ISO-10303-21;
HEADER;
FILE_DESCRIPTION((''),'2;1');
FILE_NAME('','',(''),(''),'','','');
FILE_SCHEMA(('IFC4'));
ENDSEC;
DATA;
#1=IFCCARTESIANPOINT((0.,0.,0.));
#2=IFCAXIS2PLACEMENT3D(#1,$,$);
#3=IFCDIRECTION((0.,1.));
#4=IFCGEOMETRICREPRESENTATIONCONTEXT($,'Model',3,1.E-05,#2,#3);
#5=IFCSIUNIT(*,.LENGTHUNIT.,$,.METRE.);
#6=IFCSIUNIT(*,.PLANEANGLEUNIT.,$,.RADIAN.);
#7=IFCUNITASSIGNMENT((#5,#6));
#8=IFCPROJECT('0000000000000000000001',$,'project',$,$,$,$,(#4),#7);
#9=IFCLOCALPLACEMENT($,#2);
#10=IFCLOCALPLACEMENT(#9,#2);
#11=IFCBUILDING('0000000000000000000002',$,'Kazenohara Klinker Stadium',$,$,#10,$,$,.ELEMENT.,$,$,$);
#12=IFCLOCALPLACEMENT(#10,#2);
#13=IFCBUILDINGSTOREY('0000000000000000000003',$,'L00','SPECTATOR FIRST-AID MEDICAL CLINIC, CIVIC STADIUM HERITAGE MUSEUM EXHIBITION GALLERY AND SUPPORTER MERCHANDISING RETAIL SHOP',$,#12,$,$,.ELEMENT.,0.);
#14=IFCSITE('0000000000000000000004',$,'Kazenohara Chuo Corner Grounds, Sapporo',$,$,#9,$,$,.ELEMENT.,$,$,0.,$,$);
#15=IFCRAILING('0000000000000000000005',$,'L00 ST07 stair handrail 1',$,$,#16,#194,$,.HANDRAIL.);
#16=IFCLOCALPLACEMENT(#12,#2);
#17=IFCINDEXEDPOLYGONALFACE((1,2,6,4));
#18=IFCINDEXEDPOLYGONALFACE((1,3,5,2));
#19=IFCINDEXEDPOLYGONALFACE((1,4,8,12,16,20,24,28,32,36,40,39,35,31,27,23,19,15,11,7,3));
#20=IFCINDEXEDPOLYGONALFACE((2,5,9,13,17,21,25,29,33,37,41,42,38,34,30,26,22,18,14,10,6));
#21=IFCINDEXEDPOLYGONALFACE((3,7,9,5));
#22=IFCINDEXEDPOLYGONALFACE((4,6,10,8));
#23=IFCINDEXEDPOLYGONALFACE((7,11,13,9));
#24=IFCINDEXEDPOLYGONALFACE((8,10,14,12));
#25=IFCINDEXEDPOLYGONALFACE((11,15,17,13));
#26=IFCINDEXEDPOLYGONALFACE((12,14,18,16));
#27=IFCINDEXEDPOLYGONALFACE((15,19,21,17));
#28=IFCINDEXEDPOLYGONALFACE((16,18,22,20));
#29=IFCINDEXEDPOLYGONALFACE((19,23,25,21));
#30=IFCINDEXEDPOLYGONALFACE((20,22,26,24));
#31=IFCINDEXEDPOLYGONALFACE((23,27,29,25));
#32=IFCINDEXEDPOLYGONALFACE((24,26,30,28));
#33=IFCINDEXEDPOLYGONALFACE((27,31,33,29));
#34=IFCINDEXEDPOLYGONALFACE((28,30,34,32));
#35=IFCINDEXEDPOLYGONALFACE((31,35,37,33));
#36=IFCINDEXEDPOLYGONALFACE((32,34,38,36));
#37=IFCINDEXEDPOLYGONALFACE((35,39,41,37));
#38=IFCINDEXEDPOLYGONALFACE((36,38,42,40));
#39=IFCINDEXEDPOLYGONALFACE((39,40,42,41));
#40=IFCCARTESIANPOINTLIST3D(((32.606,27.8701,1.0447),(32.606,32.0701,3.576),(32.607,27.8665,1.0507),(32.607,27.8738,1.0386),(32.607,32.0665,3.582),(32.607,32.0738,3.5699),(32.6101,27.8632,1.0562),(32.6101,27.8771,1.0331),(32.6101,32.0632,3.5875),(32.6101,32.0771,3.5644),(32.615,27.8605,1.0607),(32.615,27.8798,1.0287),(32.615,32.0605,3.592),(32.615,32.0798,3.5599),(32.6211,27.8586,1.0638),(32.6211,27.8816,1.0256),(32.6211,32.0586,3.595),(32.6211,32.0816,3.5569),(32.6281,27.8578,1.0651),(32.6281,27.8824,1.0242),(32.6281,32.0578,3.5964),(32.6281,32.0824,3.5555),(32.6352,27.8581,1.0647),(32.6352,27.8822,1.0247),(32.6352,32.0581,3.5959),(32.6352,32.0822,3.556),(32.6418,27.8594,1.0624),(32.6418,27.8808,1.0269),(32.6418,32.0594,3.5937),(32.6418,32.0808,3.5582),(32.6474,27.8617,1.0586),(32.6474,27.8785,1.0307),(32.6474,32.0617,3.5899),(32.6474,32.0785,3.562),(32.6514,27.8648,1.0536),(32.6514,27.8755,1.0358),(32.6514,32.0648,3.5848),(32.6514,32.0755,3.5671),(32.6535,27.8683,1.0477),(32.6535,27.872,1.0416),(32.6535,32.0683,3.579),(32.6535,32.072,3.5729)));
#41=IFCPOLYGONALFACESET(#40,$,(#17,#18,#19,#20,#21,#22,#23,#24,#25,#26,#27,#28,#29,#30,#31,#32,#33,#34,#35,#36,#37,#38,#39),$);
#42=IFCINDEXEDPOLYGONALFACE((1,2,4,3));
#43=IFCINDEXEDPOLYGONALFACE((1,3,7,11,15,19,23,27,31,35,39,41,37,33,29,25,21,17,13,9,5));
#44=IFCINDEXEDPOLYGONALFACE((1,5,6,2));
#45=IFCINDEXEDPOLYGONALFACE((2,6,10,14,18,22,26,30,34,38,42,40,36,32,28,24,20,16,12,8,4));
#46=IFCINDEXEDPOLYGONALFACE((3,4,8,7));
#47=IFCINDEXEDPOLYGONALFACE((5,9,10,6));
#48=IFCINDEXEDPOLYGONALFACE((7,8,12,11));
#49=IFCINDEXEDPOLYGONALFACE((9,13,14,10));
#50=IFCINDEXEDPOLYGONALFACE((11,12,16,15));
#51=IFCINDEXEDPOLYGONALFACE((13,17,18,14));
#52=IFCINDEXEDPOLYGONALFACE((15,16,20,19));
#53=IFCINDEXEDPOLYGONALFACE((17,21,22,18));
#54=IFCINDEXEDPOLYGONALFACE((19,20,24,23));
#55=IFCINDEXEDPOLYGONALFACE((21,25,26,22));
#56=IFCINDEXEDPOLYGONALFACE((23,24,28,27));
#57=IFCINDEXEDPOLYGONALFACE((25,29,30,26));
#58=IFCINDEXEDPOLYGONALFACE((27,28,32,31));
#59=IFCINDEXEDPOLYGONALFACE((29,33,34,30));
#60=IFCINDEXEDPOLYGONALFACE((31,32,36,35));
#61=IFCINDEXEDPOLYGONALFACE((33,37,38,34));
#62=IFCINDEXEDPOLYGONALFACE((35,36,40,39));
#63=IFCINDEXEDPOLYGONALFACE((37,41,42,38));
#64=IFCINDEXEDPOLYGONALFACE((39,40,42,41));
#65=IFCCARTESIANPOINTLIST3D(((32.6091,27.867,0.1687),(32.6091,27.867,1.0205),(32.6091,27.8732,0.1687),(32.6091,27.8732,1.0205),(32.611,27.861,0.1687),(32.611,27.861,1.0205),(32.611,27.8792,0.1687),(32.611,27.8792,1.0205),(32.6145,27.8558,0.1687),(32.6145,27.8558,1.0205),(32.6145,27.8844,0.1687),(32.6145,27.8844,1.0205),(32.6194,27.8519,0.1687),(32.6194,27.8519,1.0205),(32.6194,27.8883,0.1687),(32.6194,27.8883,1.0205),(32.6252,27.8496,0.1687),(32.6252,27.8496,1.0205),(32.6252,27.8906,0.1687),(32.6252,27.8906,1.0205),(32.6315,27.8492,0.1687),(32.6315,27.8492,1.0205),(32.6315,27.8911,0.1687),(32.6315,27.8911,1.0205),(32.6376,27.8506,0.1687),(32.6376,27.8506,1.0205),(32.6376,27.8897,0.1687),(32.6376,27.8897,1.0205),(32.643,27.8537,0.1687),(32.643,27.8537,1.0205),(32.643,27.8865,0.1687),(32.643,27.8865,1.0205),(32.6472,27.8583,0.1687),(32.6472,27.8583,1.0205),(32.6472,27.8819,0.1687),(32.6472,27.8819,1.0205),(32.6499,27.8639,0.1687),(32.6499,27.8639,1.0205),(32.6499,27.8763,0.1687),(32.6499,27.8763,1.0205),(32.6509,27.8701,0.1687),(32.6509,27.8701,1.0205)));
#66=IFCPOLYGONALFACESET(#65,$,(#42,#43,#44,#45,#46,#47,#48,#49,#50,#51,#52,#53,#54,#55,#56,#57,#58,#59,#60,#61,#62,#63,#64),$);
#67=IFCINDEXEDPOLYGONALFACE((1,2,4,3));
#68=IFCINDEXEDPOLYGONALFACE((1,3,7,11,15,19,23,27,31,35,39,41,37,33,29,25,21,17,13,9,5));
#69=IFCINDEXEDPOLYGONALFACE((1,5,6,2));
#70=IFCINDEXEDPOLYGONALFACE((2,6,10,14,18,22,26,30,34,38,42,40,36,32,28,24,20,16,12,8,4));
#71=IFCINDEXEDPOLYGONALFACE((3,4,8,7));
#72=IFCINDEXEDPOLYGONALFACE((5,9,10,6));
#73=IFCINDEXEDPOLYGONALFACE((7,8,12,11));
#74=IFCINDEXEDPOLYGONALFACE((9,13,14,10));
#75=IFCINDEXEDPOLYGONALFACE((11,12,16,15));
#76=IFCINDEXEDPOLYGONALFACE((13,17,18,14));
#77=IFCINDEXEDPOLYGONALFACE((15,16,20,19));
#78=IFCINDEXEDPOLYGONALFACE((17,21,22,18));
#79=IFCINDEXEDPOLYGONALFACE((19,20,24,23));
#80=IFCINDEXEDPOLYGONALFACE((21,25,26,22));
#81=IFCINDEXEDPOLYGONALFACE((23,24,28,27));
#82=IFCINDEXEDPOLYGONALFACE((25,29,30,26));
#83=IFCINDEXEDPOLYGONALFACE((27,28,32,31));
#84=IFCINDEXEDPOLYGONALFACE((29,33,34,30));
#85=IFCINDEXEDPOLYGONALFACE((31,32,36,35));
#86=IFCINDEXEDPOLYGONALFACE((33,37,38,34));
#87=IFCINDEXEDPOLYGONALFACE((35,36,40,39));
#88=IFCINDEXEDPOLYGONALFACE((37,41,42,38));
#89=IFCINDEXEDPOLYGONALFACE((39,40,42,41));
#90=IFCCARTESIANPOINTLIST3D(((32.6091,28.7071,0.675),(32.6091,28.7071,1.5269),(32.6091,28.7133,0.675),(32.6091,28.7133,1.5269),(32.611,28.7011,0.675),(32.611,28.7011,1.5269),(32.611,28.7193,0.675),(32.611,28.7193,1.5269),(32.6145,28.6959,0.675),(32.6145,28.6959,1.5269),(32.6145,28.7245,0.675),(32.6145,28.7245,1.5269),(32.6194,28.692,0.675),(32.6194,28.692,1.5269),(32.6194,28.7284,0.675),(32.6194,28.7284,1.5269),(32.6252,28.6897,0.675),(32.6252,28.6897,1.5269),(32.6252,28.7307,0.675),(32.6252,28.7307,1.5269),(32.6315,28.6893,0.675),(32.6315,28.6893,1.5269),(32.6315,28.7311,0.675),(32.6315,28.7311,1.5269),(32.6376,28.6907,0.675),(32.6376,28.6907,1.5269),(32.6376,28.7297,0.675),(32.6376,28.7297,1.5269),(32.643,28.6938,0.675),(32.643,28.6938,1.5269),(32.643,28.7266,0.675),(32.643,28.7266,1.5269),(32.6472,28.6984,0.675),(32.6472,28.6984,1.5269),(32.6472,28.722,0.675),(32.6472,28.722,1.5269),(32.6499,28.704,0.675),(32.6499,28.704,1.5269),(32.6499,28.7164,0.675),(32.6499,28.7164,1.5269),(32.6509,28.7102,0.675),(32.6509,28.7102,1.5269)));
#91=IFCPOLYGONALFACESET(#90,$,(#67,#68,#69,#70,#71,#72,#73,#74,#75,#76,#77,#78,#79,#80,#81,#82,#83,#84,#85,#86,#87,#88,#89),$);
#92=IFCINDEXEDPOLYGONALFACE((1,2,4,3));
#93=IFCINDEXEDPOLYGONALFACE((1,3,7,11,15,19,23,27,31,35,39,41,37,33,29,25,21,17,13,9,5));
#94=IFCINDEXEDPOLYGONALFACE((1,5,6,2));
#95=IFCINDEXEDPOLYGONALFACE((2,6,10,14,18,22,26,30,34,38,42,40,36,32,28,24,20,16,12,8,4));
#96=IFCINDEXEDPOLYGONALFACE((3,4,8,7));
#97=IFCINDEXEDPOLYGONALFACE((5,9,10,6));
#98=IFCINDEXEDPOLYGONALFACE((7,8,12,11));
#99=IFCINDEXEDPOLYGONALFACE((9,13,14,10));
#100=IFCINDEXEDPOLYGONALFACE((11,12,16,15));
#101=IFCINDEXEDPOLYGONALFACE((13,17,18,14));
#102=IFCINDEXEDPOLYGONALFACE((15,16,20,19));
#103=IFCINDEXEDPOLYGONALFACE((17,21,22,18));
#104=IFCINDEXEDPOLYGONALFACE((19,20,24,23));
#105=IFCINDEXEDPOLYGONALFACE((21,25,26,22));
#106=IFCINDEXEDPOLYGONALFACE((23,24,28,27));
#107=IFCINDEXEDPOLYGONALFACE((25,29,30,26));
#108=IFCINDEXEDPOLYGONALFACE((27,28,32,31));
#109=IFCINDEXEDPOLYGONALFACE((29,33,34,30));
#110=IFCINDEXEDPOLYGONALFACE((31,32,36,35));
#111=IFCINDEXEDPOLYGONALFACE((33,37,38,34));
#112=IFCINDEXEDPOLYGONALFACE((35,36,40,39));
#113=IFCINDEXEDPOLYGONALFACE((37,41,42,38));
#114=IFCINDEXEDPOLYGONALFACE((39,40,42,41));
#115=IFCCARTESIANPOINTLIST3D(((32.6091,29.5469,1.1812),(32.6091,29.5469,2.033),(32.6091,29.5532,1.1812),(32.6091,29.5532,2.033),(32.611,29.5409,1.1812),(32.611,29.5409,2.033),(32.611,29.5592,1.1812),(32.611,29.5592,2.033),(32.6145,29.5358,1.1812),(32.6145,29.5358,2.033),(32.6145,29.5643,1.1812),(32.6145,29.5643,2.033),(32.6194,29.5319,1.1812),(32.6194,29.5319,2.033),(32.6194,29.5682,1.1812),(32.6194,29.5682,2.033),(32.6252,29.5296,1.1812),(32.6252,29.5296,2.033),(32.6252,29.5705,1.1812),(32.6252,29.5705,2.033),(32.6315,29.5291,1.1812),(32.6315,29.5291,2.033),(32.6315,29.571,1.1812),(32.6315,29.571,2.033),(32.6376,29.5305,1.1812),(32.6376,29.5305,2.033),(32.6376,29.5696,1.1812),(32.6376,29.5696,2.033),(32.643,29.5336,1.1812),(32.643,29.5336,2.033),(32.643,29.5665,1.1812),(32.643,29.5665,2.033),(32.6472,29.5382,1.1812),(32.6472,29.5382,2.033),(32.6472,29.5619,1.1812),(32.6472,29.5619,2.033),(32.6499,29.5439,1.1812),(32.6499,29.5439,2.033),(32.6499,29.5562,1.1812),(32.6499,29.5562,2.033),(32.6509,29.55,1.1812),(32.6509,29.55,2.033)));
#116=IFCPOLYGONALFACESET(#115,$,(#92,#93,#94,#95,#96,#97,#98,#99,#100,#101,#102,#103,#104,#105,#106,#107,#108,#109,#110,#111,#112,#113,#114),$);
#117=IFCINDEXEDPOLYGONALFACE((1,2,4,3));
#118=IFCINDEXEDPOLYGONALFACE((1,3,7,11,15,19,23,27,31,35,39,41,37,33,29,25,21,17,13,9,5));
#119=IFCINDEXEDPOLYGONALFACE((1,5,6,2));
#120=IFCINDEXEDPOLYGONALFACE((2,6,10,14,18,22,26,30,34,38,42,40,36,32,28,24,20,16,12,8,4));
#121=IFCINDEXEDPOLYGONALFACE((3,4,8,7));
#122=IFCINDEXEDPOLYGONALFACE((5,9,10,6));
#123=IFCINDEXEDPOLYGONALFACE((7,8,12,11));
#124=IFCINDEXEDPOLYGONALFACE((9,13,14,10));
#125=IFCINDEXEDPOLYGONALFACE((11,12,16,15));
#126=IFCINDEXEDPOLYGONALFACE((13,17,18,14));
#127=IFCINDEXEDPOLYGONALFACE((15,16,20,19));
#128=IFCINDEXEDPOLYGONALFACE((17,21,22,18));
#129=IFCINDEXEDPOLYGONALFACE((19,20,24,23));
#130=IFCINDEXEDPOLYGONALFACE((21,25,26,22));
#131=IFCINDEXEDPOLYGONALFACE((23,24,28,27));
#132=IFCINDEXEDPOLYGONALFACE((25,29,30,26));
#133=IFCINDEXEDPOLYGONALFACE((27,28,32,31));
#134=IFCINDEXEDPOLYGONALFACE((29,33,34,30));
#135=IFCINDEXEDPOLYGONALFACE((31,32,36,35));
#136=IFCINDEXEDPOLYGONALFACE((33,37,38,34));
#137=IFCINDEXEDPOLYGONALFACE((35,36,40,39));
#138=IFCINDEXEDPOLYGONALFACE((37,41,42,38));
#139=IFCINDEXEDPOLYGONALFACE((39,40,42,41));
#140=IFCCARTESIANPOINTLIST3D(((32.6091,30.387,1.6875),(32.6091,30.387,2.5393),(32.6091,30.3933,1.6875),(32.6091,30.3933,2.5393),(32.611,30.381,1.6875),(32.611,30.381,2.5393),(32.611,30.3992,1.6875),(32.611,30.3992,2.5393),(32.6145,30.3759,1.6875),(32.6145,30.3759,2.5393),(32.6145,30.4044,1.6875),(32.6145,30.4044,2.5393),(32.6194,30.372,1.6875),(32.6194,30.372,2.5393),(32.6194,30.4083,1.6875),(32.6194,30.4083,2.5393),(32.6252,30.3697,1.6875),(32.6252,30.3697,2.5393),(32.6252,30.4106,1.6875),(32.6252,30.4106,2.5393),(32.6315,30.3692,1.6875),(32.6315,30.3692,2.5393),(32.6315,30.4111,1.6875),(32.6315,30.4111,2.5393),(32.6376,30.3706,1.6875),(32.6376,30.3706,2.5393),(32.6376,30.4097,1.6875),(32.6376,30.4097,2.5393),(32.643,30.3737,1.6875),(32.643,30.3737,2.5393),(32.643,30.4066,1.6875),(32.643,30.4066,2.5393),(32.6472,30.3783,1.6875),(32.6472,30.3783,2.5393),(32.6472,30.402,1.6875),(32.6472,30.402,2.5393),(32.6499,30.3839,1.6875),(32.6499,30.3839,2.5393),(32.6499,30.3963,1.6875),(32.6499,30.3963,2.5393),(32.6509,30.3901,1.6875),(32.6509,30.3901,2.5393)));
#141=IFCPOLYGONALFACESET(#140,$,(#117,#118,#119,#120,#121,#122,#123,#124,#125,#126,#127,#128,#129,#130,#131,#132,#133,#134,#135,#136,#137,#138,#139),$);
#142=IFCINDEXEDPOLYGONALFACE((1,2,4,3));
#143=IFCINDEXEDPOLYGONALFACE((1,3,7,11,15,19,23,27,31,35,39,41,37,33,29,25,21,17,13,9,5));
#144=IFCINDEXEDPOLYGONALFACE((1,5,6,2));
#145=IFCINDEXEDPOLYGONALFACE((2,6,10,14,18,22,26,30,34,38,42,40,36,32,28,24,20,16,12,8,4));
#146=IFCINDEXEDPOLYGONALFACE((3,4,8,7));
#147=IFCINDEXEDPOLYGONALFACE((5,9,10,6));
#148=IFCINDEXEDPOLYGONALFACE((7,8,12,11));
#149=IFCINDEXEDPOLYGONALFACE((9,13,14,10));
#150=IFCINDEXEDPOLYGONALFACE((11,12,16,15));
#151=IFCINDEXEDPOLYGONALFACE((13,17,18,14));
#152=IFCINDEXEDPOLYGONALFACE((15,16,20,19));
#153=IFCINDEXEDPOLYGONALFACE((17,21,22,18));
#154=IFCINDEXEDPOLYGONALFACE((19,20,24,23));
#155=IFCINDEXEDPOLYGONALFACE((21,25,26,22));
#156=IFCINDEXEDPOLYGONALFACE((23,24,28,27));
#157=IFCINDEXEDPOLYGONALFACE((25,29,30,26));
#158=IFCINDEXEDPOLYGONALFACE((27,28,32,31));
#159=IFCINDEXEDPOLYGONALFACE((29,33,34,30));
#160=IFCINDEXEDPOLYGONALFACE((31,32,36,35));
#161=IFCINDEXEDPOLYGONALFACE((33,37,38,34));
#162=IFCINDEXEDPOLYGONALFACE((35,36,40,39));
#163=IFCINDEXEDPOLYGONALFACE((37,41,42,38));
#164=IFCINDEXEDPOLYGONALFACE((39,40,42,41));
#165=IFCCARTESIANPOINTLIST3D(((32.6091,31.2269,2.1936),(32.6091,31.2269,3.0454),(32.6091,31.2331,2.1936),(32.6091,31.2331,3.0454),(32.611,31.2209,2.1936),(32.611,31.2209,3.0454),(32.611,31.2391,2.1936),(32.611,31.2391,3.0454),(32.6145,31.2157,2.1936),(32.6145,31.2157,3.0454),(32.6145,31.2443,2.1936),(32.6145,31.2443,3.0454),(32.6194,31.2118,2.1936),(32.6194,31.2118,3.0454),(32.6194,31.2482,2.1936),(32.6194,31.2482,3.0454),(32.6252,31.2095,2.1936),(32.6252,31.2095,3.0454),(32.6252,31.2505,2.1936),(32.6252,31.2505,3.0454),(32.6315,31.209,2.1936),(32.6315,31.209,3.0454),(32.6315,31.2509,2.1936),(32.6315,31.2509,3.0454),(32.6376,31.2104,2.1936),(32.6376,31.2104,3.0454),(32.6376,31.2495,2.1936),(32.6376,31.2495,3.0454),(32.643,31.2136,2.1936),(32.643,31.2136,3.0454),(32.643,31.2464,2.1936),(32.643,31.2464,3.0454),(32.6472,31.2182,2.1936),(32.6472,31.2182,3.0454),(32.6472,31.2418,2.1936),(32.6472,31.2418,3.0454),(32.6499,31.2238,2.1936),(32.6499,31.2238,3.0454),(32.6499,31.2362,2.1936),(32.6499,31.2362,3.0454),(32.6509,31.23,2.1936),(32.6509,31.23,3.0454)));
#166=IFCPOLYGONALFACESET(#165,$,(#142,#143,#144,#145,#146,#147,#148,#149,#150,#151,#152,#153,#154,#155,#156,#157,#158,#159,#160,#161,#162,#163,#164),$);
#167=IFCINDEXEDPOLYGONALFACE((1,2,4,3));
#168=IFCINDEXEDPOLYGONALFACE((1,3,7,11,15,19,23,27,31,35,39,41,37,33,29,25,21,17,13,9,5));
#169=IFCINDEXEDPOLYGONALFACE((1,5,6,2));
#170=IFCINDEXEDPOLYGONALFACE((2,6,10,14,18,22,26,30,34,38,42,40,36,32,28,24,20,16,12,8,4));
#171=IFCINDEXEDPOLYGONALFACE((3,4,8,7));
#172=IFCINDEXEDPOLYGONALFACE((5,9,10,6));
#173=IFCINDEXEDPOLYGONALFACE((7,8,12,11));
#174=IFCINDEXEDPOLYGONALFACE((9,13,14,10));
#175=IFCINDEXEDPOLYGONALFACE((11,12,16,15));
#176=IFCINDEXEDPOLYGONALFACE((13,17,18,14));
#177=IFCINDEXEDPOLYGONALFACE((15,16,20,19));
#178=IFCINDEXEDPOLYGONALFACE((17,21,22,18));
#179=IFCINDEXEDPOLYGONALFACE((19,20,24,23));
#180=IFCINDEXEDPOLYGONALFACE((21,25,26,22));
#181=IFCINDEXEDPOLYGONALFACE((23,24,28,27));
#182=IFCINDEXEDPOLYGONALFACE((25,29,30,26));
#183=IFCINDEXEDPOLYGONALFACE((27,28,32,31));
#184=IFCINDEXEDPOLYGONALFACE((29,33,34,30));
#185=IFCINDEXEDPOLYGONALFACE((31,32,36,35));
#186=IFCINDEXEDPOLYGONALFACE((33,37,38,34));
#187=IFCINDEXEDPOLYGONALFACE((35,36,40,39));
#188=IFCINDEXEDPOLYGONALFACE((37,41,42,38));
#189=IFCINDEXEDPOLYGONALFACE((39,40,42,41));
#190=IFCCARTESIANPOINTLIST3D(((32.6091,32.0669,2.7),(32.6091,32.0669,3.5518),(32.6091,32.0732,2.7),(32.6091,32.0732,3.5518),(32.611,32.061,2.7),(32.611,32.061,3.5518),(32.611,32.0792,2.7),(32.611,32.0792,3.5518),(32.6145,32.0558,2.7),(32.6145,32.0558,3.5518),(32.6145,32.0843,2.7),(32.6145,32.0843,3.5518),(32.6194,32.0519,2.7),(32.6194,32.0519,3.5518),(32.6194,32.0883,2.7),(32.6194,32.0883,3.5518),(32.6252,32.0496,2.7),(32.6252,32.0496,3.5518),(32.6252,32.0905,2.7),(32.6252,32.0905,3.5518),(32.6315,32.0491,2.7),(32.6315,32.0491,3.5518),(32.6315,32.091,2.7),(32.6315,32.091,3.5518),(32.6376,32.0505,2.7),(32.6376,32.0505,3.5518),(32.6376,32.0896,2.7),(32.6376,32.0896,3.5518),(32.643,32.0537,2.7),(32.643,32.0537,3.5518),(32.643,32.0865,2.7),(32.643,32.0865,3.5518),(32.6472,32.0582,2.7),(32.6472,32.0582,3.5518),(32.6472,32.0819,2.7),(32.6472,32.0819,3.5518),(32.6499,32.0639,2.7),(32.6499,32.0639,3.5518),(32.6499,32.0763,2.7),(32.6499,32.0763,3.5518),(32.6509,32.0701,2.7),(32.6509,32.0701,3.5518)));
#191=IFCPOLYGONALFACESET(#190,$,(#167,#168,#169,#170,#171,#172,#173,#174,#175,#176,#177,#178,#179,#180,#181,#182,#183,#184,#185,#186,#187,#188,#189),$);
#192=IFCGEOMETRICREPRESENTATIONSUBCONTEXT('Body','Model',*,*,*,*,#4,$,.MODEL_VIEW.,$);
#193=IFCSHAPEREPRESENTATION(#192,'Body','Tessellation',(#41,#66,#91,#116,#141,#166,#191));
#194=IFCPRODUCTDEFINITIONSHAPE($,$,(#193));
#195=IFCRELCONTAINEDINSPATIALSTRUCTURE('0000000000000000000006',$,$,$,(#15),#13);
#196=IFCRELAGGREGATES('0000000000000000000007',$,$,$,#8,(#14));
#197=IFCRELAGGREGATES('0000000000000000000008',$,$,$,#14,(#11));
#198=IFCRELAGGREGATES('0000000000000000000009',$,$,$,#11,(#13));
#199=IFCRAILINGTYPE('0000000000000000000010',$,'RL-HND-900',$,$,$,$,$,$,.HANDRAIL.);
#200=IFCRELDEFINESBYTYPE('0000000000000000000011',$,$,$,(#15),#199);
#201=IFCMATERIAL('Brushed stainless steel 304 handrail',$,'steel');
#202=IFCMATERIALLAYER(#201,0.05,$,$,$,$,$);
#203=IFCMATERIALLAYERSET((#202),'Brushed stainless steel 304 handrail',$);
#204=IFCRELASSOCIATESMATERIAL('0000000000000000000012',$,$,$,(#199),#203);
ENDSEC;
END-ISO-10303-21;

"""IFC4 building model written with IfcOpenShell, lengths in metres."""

from ifc_helpers import new_model, si_unit, direction, frame, origin, origin_2d, place, context, subcontext, project, spatial, circle, extrude, material, layer, layer_set, type_object, element, save


model = new_model("IFC4")

# Units and contexts
model_context = context("Model", 3, precision=1e-05, world=origin(), true_north=direction((0.0, 1.0)))
body_context = subcontext(model_context, "Body", "Model", "MODEL_VIEW")
ifc_project = project(units=[si_unit("LENGTHUNIT", "METRE"), si_unit("PLANEANGLEUNIT", "RADIAN")], contexts=[model_context])

# Site, building, storey
site_placement = place(None, origin())
site = spatial("IfcSite", under=ifc_project, at=site_placement, Name="Kazenohara Chuo Corner Grounds, Sapporo", CompositionType="ELEMENT", RefElevation=0.0)
building_placement = place(site_placement, origin())
building = spatial("IfcBuilding", under=site, at=building_placement, Name="Kazenohara Klinker Stadium", CompositionType="ELEMENT")
storey_placement = place(building_placement, origin())
storey = spatial("IfcBuildingStorey", under=building, at=storey_placement, Name="L00", Description="SPECTATOR FIRST-AID MEDICAL CLINIC, CIVIC STADIUM HERITAGE MUSEUM EXHIBITION GALLERY AND SUPPORTER MERCHANDISING RETAIL SHOP", CompositionType="ELEMENT", Elevation=0.0)

# Railing
ifc_material_1 = material(Name="Brushed stainless steel 304 handrail", Category="steel")
ifc_layer_1 = layer(ifc_material_1, 0.05)
ifc_layer_set_1 = layer_set([ifc_layer_1], Name="Brushed stainless steel 304 handrail")
railing_type_1 = type_object("IfcRailingType", Name="RL-HND-900", PredefinedType="HANDRAIL", material=ifc_layer_set_1)
railing_1_placement = place(storey_placement, frame((32.6299, 27.8701, 0.1687)))
element("IfcRailing", 1, at=railing_1_placement, inside=storey, type_object=railing_type_1, Name="L00 ST07 stair handrail 1", PredefinedType="HANDRAIL", context=body_context, shape_type="SweptSolid", body=[
    extrude(circle(Radius=0.0239, at=origin_2d()), frame((0.0, 0.0, 0.876), z_axis=(0.0, 0.856476, 0.516186), x_axis=(-1.0, 0.0, 0.0)), (0.0, 0.0, 1.0), 4.9038),
    extrude(circle(Radius=0.021, at=origin_2d()), origin(), (0.0, 0.0, 1.0), 0.8518),
    extrude(circle(Radius=0.021, at=origin_2d()), frame((0.0, 0.8401, 0.5063)), (0.0, 0.0, 1.0), 0.8518),
    extrude(circle(Radius=0.021, at=origin_2d()), frame((0.0, 1.6799, 1.0125)), (0.0, 0.0, 1.0), 0.8518),
    extrude(circle(Radius=0.021, at=origin_2d()), frame((0.0, 2.52, 1.5188)), (0.0, 0.0, 1.0), 0.8518),
    extrude(circle(Radius=0.021, at=origin_2d()), frame((0.0, 3.3599, 2.0249)), (0.0, 0.0, 1.0), 0.8518),
    extrude(circle(Radius=0.021, at=origin_2d()), frame((0.0, 4.2, 2.5312)), (0.0, 0.0, 1.0), 0.8518),
])

save(model, "model.ifc")
